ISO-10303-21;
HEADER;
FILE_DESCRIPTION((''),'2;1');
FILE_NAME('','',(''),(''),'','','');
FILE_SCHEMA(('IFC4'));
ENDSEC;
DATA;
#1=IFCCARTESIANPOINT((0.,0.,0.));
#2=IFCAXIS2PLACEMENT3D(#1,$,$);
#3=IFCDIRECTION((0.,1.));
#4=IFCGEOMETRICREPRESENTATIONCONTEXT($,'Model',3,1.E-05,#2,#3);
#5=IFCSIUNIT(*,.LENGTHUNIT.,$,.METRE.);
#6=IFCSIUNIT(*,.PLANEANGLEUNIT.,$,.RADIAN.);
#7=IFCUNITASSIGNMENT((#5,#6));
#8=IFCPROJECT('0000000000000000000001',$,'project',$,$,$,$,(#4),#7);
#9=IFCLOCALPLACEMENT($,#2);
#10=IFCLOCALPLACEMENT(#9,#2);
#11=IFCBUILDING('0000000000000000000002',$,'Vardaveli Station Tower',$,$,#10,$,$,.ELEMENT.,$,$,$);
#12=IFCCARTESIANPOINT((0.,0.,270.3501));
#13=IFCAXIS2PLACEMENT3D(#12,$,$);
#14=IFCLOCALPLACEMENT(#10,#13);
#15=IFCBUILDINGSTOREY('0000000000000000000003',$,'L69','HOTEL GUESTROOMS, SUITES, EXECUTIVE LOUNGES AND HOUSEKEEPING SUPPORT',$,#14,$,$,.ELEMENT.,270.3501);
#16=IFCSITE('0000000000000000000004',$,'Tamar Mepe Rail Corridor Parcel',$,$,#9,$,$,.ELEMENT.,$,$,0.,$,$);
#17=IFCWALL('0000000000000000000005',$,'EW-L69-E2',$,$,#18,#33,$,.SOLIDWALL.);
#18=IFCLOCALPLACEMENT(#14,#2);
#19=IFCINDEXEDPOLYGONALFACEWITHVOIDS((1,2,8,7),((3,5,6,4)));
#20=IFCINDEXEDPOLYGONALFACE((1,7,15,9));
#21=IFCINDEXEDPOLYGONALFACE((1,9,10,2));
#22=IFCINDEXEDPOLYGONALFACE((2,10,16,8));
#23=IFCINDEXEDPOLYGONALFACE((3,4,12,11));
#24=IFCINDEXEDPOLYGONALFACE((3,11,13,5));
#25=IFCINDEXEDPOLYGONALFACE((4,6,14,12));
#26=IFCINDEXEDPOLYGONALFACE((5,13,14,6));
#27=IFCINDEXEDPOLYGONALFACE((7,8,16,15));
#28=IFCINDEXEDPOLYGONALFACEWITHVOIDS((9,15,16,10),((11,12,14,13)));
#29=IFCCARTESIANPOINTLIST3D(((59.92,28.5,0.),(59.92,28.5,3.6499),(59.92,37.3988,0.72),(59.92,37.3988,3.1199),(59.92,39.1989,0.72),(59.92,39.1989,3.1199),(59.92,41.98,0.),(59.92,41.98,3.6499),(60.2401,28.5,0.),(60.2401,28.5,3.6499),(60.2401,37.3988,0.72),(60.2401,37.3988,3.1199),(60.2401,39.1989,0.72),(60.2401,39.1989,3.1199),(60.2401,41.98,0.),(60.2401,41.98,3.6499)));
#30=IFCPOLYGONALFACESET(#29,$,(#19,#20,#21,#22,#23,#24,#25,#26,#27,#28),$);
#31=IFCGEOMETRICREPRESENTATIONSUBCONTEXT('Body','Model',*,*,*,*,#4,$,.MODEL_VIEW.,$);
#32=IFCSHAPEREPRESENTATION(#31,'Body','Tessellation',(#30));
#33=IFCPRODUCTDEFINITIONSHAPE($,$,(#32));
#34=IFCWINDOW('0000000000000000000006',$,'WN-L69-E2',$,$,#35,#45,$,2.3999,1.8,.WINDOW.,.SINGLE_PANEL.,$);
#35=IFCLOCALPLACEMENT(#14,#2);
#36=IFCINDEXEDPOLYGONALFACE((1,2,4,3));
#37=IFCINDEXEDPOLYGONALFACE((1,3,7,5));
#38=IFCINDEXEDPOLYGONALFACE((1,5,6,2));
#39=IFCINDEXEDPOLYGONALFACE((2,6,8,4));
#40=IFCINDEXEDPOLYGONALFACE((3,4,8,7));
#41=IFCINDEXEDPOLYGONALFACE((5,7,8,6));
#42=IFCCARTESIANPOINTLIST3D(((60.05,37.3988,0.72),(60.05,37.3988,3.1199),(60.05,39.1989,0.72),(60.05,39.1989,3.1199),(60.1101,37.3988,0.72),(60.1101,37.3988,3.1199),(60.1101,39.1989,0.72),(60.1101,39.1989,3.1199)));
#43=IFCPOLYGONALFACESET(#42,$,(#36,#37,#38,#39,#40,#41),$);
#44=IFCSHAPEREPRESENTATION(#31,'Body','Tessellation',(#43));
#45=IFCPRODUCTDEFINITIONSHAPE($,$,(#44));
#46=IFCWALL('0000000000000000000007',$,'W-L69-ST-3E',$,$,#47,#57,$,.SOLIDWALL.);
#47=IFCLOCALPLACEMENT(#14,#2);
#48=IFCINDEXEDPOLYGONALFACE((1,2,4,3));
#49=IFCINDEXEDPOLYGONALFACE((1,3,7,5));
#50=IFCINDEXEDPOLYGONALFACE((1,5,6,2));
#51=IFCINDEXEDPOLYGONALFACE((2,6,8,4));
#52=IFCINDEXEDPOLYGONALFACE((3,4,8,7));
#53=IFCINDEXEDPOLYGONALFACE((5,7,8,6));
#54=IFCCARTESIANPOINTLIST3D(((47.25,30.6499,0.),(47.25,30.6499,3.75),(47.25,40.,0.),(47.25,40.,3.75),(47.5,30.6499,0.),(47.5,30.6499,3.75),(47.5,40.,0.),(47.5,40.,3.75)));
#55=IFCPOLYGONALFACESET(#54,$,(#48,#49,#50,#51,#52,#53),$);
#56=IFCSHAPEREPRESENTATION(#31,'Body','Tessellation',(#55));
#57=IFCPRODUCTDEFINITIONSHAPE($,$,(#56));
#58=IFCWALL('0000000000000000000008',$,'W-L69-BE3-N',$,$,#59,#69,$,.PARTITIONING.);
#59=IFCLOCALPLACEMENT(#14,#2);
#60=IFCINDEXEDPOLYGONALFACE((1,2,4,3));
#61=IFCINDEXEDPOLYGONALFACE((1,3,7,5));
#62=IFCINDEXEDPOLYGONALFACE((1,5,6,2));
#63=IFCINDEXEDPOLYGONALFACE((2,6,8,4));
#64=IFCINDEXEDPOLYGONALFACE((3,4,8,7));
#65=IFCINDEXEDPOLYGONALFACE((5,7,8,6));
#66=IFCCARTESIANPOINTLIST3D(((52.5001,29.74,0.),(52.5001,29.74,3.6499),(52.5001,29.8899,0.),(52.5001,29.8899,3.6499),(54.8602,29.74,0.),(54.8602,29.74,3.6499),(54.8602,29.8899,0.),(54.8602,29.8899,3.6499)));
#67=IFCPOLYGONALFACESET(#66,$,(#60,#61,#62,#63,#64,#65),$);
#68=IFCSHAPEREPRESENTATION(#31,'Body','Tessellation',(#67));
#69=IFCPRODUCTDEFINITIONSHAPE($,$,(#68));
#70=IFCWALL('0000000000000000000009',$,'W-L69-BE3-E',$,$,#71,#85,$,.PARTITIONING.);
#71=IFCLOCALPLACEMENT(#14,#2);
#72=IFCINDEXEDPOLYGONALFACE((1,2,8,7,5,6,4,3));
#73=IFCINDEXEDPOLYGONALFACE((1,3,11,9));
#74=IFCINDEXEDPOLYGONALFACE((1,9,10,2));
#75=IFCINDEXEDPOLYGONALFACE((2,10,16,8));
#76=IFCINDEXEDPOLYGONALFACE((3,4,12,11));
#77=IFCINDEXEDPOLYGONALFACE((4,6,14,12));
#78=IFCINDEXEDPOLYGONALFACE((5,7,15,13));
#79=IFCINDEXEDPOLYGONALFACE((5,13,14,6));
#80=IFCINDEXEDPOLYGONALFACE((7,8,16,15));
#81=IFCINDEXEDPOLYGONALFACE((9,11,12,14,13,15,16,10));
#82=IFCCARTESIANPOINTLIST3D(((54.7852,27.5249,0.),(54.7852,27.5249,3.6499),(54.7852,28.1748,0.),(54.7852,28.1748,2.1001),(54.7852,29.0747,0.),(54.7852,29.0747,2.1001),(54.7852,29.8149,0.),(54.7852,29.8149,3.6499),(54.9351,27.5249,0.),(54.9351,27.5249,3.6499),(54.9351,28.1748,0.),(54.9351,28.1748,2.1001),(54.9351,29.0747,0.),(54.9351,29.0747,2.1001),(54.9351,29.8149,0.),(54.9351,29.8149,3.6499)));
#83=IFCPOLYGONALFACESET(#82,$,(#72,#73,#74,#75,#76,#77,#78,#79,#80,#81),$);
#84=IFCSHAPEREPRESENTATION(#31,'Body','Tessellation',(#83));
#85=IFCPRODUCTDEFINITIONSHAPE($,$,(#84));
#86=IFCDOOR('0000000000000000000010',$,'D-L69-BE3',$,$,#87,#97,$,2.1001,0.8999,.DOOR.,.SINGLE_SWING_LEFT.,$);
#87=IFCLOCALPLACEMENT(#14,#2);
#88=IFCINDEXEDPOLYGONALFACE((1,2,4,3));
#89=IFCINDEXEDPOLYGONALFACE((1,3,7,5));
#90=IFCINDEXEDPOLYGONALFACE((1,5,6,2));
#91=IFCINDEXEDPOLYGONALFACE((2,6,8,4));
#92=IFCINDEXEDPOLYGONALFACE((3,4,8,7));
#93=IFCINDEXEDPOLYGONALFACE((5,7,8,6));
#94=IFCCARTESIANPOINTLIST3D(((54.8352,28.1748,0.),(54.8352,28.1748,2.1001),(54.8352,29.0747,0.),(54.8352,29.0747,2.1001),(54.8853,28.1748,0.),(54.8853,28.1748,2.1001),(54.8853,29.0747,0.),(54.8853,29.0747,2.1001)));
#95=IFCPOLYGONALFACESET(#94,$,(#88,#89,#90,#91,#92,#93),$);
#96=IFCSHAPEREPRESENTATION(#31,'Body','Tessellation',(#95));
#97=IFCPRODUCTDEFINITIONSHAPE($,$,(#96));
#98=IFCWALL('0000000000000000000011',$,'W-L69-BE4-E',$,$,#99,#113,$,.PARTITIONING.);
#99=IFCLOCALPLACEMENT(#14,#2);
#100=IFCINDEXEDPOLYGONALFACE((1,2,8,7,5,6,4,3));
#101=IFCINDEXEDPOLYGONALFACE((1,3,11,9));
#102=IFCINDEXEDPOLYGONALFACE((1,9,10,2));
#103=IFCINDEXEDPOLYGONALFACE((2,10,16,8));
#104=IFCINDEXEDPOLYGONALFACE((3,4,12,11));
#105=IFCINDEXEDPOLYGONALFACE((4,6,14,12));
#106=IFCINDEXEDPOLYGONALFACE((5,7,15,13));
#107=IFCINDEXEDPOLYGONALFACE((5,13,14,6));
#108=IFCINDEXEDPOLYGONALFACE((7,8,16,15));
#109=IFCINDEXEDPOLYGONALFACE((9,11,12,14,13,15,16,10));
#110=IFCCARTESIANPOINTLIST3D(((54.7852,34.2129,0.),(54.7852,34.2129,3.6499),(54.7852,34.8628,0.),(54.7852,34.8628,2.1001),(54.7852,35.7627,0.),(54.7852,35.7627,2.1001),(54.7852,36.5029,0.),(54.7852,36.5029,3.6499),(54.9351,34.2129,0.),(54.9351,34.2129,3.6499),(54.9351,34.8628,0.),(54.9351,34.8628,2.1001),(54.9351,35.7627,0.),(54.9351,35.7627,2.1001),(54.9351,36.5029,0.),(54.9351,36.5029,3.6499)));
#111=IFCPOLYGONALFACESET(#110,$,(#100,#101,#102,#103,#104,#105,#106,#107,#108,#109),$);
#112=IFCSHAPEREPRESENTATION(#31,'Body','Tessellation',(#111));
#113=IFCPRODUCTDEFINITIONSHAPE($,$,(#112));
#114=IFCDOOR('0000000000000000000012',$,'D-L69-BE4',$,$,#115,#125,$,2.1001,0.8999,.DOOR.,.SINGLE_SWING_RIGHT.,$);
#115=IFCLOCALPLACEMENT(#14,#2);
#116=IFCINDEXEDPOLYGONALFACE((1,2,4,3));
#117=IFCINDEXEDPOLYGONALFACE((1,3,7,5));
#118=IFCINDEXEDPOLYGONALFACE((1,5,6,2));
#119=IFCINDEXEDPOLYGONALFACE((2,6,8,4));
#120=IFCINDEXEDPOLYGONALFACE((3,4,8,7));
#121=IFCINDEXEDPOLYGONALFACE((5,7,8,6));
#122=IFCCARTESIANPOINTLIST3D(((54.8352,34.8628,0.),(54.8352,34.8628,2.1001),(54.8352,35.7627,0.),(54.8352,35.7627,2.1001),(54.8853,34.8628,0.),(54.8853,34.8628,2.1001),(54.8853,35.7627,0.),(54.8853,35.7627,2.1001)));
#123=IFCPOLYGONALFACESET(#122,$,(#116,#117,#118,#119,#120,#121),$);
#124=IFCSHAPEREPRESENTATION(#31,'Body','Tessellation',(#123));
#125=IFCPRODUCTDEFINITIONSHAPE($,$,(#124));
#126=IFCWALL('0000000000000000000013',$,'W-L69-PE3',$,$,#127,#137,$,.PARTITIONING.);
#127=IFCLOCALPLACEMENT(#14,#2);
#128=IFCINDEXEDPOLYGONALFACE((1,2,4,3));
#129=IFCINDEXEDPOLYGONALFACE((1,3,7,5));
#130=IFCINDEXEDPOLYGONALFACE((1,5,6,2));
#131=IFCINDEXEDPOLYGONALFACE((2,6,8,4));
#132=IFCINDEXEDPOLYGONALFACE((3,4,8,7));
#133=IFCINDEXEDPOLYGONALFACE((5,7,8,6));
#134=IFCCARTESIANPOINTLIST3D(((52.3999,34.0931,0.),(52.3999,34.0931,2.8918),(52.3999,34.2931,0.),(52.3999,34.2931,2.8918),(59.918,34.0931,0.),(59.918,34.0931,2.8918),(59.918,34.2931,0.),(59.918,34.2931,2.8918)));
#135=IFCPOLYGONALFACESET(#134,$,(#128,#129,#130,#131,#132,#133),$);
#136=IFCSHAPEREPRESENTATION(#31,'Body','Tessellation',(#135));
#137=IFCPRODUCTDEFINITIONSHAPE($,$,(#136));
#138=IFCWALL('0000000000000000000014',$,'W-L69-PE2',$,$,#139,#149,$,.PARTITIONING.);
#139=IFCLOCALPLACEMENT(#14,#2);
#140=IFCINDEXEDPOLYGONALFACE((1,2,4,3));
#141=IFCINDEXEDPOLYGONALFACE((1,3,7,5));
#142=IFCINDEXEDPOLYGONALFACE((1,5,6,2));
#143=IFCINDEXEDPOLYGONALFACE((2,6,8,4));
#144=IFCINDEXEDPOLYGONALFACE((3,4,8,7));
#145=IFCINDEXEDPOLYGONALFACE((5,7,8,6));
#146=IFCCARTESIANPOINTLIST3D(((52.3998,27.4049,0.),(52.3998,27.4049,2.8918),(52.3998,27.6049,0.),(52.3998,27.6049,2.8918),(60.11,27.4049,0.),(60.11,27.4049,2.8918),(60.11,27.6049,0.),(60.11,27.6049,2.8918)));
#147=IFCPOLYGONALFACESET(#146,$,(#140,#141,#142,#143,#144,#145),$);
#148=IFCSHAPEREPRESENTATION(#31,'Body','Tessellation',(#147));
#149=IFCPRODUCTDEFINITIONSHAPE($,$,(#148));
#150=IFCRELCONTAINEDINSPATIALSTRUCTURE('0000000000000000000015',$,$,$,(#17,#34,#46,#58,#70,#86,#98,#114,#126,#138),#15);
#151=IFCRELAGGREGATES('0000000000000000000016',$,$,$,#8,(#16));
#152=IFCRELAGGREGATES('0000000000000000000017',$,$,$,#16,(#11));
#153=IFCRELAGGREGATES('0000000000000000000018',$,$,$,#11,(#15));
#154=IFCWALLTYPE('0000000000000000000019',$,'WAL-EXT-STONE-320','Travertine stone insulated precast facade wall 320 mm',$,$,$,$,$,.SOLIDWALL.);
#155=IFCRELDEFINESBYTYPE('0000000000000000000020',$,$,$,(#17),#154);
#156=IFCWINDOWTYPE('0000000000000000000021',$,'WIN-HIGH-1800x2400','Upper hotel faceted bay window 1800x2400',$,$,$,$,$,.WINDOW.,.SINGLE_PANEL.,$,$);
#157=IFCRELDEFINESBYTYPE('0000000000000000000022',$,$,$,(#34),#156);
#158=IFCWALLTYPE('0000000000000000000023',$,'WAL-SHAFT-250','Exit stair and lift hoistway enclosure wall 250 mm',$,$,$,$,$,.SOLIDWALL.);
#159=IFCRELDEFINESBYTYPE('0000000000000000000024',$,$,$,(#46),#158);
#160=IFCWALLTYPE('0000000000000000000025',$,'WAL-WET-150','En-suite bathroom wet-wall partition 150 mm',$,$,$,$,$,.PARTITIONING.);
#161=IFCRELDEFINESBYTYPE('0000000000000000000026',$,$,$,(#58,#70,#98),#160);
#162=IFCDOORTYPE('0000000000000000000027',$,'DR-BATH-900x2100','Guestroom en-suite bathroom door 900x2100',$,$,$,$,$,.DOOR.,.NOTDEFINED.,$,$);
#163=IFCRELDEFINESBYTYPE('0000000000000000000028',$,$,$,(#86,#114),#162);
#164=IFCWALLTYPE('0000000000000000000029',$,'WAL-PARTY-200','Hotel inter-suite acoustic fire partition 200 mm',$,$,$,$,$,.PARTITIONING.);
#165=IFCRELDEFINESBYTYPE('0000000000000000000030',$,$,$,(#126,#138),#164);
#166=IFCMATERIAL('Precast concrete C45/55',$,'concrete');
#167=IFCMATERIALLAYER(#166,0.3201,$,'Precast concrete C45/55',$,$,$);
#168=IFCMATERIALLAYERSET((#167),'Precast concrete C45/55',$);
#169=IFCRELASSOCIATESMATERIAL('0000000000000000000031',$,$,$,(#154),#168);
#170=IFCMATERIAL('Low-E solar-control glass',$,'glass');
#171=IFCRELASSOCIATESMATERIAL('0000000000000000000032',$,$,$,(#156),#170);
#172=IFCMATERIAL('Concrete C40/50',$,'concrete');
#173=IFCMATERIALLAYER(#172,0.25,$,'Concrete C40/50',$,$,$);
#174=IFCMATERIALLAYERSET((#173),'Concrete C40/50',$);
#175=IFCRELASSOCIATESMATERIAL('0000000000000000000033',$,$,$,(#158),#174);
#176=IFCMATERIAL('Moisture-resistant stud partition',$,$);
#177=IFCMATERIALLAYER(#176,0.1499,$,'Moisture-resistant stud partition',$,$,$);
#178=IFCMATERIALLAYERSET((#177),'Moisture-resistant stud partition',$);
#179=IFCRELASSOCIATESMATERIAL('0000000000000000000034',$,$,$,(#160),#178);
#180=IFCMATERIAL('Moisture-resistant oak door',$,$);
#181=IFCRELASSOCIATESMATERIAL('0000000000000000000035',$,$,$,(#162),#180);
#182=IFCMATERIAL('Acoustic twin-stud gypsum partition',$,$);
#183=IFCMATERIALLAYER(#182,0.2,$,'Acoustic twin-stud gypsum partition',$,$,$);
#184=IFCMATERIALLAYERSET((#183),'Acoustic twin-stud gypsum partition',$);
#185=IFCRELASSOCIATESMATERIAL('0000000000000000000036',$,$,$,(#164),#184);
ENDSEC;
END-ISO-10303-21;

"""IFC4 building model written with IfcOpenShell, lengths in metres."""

from ifc_helpers import new_model, si_unit, direction, frame, frame_2d, origin, place, context, subcontext, project, spatial, rectangle, extrude, source, transform, mapped, material, layer, layer_set, type_object, element, fill, save


model = new_model("IFC4")

# Units and contexts
model_context = context("Model", 3, precision=1e-05, world=origin(), true_north=direction((0.0, 1.0)))
body_context = subcontext(model_context, "Body", "Model", "MODEL_VIEW")
ifc_project = project(units=[si_unit("LENGTHUNIT", "METRE"), si_unit("PLANEANGLEUNIT", "RADIAN")], contexts=[model_context])

# Site, building, storey
site_placement = place(None, origin())
site = spatial("IfcSite", under=ifc_project, at=site_placement, Name="Tamar Mepe Rail Corridor Parcel", CompositionType="ELEMENT", RefElevation=0.0)
building_placement = place(site_placement, origin())
building = spatial("IfcBuilding", under=site, at=building_placement, Name="Vardaveli Station Tower", CompositionType="ELEMENT")
storey_placement = place(building_placement, frame((0.0, 0.0, 270.3501)))
storey = spatial("IfcBuildingStorey", under=building, at=storey_placement, Name="L69", Description="HOTEL GUESTROOMS, SUITES, EXECUTIVE LOUNGES AND HOUSEKEEPING SUPPORT", CompositionType="ELEMENT", Elevation=270.3501)

# Shared definitions
ifc_material_1 = material(Name="Precast concrete C45/55", Category="concrete")

# Wall, opening, window
ifc_layer_1 = layer(ifc_material_1, 0.3201, Name="Precast concrete C45/55")
ifc_layer_set_1 = layer_set([ifc_layer_1], Name="Precast concrete C45/55")
wall_type_1 = type_object("IfcWallType", Name="WAL-EXT-STONE-320", Description="Travertine stone insulated precast facade wall 320 mm", PredefinedType="SOLIDWALL", material=ifc_layer_set_1)
shared_shape_1 = source(origin(), body_context, "Body", "SweptSolid", [
    extrude(rectangle(XDim=13.48, YDim=0.3201, at=frame_2d((6.74, 0.0))), origin(), (0.0, 0.0, 1.0), 3.6499),
])
wall_1_placement = place(storey_placement, frame((60.0801, 28.5, 0.0), z_axis=(0.0, 0.0, 1.0), x_axis=(0.0, 1.0, 0.0)))
wall_1 = element("IfcWall", 1, at=wall_1_placement, inside=storey, type_object=wall_type_1, Name="EW-L69-E2", PredefinedType="SOLIDWALL", context=body_context, shape_type="MappedRepresentation", body=[
    mapped(shared_shape_1, transform((0.0, 0.0, 0.0), scale=1.0)),
])
shared_shape_2 = source(origin(), body_context, "Body", "SweptSolid", [
    extrude(rectangle(XDim=1.8, YDim=2.3999, at=frame_2d((0.8999, 1.2))), frame((0.0, 0.1699, 0.0), z_axis=(0.0, -1.0, 0.0), x_axis=(1.0, 0.0, 0.0)), (0.0, 0.0, 1.0), 0.3401),
])
opening_1_placement = place(wall_1_placement, frame((8.8989, 0.0, 0.72)))
opening_1 = element("IfcOpeningElement", 2, at=opening_1_placement, cuts=wall_1, PredefinedType="OPENING", context=body_context, shape_type="MappedRepresentation", body=[
    mapped(shared_shape_2, transform((0.0, 0.0, 0.0), scale=1.0)),
])
ifc_material_2 = material(Name="Low-E solar-control glass", Category="glass")
window_type = type_object("IfcWindowType", Name="WIN-HIGH-1800x2400", Description="Upper hotel faceted bay window 1800x2400", PartitioningType="SINGLE_PANEL", PredefinedType="WINDOW", material=ifc_material_2)
shared_shape_3 = source(origin(), body_context, "Body", "SweptSolid", [
    extrude(rectangle(XDim=1.8, YDim=2.3999, at=frame_2d((0.8999, 1.2))), frame((0.0, 0.03, 0.0), z_axis=(0.0, -1.0, 0.0), x_axis=(1.0, 0.0, 0.0)), (0.0, 0.0, 1.0), 0.0601),
])
window_placement = place(opening_1_placement, origin())
window = element("IfcWindow", 3, at=window_placement, inside=storey, type_object=window_type, Name="WN-L69-E2", OverallHeight=2.3999, OverallWidth=1.8, PartitioningType="SINGLE_PANEL", PredefinedType="WINDOW", context=body_context, shape_type="MappedRepresentation", body=[
    mapped(shared_shape_3, transform((0.0, 0.0, 0.0), scale=1.0)),
])
fill(opening_1, window)

# Walls
ifc_material_3 = material(Name="Concrete C40/50", Category="concrete")
ifc_layer_2 = layer(ifc_material_3, 0.25, Name="Concrete C40/50")
ifc_layer_set_2 = layer_set([ifc_layer_2], Name="Concrete C40/50")
wall_type_2 = type_object("IfcWallType", Name="WAL-SHAFT-250", Description="Exit stair and lift hoistway enclosure wall 250 mm", PredefinedType="SOLIDWALL", material=ifc_layer_set_2)
shared_shape_4 = source(origin(), body_context, "Body", "SweptSolid", [
    extrude(rectangle(XDim=9.3501, YDim=0.25, at=frame_2d((4.675, 0.0))), origin(), (0.0, 0.0, 1.0), 3.75),
])
wall_2_placement = place(storey_placement, frame((47.375, 30.6499, 0.0), z_axis=(0.0, 0.0, 1.0), x_axis=(0.0, 1.0, 0.0)))
element("IfcWall", 4, at=wall_2_placement, inside=storey, type_object=wall_type_2, Name="W-L69-ST-3E", PredefinedType="SOLIDWALL", context=body_context, shape_type="MappedRepresentation", body=[
    mapped(shared_shape_4, transform((0.0, 0.0, 0.0), scale=1.0)),
])
ifc_material_4 = material(Name="Moisture-resistant stud partition")
ifc_layer_3 = layer(ifc_material_4, 0.1499, Name="Moisture-resistant stud partition")
ifc_layer_set_3 = layer_set([ifc_layer_3], Name="Moisture-resistant stud partition")
wall_type_3 = type_object("IfcWallType", Name="WAL-WET-150", Description="En-suite bathroom wet-wall partition 150 mm", PredefinedType="PARTITIONING", material=ifc_layer_set_3)
shared_shape_5 = source(origin(), body_context, "Body", "SweptSolid", [
    extrude(rectangle(XDim=2.3601, YDim=0.1499, at=frame_2d((1.1802, 0.0))), origin(), (0.0, 0.0, 1.0), 3.6499),
])
wall_3_placement = place(storey_placement, frame((52.5, 29.8149, 0.0), z_axis=(0.0, 0.0, 1.0), x_axis=(1.0, 0.0, 0.0)))
element("IfcWall", 5, at=wall_3_placement, inside=storey, type_object=wall_type_3, Name="W-L69-BE3-N", PredefinedType="PARTITIONING", context=body_context, shape_type="MappedRepresentation", body=[
    mapped(shared_shape_5, transform((0.0, 0.0, 0.0), scale=1.0)),
])

# Walls, openings, doors
shared_shape_6 = source(origin(), body_context, "Body", "SweptSolid", [
    extrude(rectangle(XDim=2.29, YDim=0.1499, at=frame_2d((1.145, 0.0))), origin(), (0.0, 0.0, 1.0), 3.6499),
])
wall_4_placement = place(storey_placement, frame((54.8601, 27.5249, 0.0), z_axis=(0.0, 0.0, 1.0), x_axis=(0.0, 1.0, 0.0)))
wall_4 = element("IfcWall", 6, at=wall_4_placement, inside=storey, type_object=wall_type_3, Name="W-L69-BE3-E", PredefinedType="PARTITIONING", context=body_context, shape_type="MappedRepresentation", body=[
    mapped(shared_shape_6, transform((0.0, 0.0, 0.0), scale=1.0)),
])
shared_shape_7 = source(origin(), body_context, "Body", "SweptSolid", [
    extrude(rectangle(XDim=0.8999, YDim=2.1001, at=frame_2d((0.45, 1.05))), frame((0.0, 0.085, 0.0), z_axis=(0.0, -1.0, 0.0), x_axis=(1.0, 0.0, 0.0)), (0.0, 0.0, 1.0), 0.1699),
])
opening_2_placement = place(wall_4_placement, frame((0.6499, 0.0, 0.0)))
opening_2 = element("IfcOpeningElement", 7, at=opening_2_placement, cuts=wall_4, PredefinedType="OPENING", context=body_context, shape_type="MappedRepresentation", body=[
    mapped(shared_shape_7, transform((0.0, 0.0, 0.0), scale=1.0)),
])
ifc_material_5 = material(Name="Moisture-resistant oak door")
door_type = type_object("IfcDoorType", Name="DR-BATH-900x2100", Description="Guestroom en-suite bathroom door 900x2100", OperationType="NOTDEFINED", PredefinedType="DOOR", material=ifc_material_5)
shared_shape_8 = source(origin(), body_context, "Body", "SweptSolid", [
    extrude(rectangle(XDim=0.8999, YDim=2.1001, at=frame_2d((0.45, 1.05))), frame((0.0, 0.0249, 0.0), z_axis=(0.0, -1.0, 0.0), x_axis=(1.0, 0.0, 0.0)), (0.0, 0.0, 1.0), 0.05),
])
door_1_placement = place(opening_2_placement, origin())
door_1 = element("IfcDoor", 8, at=door_1_placement, inside=storey, type_object=door_type, Name="D-L69-BE3", OperationType="SINGLE_SWING_LEFT", OverallHeight=2.1001, OverallWidth=0.8999, PredefinedType="DOOR", context=body_context, shape_type="MappedRepresentation", body=[
    mapped(shared_shape_8, transform((0.0, 0.0, 0.0), scale=1.0)),
])
fill(opening_2, door_1)
wall_5_placement = place(storey_placement, frame((54.8601, 34.2129, 0.0), z_axis=(0.0, 0.0, 1.0), x_axis=(0.0, 1.0, 0.0)))
wall_5 = element("IfcWall", 9, at=wall_5_placement, inside=storey, type_object=wall_type_3, Name="W-L69-BE4-E", PredefinedType="PARTITIONING", context=body_context, shape_type="MappedRepresentation", body=[
    mapped(shared_shape_6, transform((0.0, 0.0, 0.0), scale=1.0)),
])
opening_3_placement = place(wall_5_placement, frame((0.6499, 0.0, 0.0)))
opening_3 = element("IfcOpeningElement", 10, at=opening_3_placement, cuts=wall_5, PredefinedType="OPENING", context=body_context, shape_type="MappedRepresentation", body=[
    mapped(shared_shape_7, transform((0.0, 0.0, 0.0), scale=1.0)),
])
door_2_placement = place(opening_3_placement, origin())
door_2 = element("IfcDoor", 11, at=door_2_placement, inside=storey, type_object=door_type, Name="D-L69-BE4", OperationType="SINGLE_SWING_RIGHT", OverallHeight=2.1001, OverallWidth=0.8999, PredefinedType="DOOR", context=body_context, shape_type="MappedRepresentation", body=[
    mapped(shared_shape_8, transform((0.0, 0.0, 0.0), scale=1.0)),
])
fill(opening_3, door_2)

# Walls
ifc_material_6 = material(Name="Acoustic twin-stud gypsum partition")
ifc_layer_4 = layer(ifc_material_6, 0.2, Name="Acoustic twin-stud gypsum partition")
ifc_layer_set_4 = layer_set([ifc_layer_4], Name="Acoustic twin-stud gypsum partition")
wall_type_4 = type_object("IfcWallType", Name="WAL-PARTY-200", Description="Hotel inter-suite acoustic fire partition 200 mm", PredefinedType="PARTITIONING", material=ifc_layer_set_4)
shared_shape_9 = source(origin(), body_context, "Body", "SweptSolid", [
    extrude(rectangle(XDim=7.5181, YDim=0.2, at=frame_2d((3.759, 0.0))), origin(), (0.0, 0.0, 1.0), 2.8918),
])
wall_6_placement = place(storey_placement, frame((52.3999, 34.1931, 0.0), z_axis=(0.0, 0.0, 1.0), x_axis=(1.0, 0.0, 0.0)))
element("IfcWall", 12, at=wall_6_placement, inside=storey, type_object=wall_type_4, Name="W-L69-PE3", PredefinedType="PARTITIONING", context=body_context, shape_type="MappedRepresentation", body=[
    mapped(shared_shape_9, transform((0.0, 0.0, 0.0), scale=1.0)),
])
shared_shape_10 = source(origin(), body_context, "Body", "SweptSolid", [
    extrude(rectangle(XDim=7.7102, YDim=0.2, at=frame_2d((3.855, 0.0))), origin(), (0.0, 0.0, 1.0), 2.8918),
])
wall_7_placement = place(storey_placement, frame((52.3999, 27.5049, 0.0), z_axis=(0.0, 0.0, 1.0), x_axis=(1.0, 0.0, 0.0)))
element("IfcWall", 13, at=wall_7_placement, inside=storey, type_object=wall_type_4, Name="W-L69-PE2", PredefinedType="PARTITIONING", context=body_context, shape_type="MappedRepresentation", body=[
    mapped(shared_shape_10, transform((0.0, 0.0, 0.0), scale=1.0)),
])

save(model, "model.ifc")
